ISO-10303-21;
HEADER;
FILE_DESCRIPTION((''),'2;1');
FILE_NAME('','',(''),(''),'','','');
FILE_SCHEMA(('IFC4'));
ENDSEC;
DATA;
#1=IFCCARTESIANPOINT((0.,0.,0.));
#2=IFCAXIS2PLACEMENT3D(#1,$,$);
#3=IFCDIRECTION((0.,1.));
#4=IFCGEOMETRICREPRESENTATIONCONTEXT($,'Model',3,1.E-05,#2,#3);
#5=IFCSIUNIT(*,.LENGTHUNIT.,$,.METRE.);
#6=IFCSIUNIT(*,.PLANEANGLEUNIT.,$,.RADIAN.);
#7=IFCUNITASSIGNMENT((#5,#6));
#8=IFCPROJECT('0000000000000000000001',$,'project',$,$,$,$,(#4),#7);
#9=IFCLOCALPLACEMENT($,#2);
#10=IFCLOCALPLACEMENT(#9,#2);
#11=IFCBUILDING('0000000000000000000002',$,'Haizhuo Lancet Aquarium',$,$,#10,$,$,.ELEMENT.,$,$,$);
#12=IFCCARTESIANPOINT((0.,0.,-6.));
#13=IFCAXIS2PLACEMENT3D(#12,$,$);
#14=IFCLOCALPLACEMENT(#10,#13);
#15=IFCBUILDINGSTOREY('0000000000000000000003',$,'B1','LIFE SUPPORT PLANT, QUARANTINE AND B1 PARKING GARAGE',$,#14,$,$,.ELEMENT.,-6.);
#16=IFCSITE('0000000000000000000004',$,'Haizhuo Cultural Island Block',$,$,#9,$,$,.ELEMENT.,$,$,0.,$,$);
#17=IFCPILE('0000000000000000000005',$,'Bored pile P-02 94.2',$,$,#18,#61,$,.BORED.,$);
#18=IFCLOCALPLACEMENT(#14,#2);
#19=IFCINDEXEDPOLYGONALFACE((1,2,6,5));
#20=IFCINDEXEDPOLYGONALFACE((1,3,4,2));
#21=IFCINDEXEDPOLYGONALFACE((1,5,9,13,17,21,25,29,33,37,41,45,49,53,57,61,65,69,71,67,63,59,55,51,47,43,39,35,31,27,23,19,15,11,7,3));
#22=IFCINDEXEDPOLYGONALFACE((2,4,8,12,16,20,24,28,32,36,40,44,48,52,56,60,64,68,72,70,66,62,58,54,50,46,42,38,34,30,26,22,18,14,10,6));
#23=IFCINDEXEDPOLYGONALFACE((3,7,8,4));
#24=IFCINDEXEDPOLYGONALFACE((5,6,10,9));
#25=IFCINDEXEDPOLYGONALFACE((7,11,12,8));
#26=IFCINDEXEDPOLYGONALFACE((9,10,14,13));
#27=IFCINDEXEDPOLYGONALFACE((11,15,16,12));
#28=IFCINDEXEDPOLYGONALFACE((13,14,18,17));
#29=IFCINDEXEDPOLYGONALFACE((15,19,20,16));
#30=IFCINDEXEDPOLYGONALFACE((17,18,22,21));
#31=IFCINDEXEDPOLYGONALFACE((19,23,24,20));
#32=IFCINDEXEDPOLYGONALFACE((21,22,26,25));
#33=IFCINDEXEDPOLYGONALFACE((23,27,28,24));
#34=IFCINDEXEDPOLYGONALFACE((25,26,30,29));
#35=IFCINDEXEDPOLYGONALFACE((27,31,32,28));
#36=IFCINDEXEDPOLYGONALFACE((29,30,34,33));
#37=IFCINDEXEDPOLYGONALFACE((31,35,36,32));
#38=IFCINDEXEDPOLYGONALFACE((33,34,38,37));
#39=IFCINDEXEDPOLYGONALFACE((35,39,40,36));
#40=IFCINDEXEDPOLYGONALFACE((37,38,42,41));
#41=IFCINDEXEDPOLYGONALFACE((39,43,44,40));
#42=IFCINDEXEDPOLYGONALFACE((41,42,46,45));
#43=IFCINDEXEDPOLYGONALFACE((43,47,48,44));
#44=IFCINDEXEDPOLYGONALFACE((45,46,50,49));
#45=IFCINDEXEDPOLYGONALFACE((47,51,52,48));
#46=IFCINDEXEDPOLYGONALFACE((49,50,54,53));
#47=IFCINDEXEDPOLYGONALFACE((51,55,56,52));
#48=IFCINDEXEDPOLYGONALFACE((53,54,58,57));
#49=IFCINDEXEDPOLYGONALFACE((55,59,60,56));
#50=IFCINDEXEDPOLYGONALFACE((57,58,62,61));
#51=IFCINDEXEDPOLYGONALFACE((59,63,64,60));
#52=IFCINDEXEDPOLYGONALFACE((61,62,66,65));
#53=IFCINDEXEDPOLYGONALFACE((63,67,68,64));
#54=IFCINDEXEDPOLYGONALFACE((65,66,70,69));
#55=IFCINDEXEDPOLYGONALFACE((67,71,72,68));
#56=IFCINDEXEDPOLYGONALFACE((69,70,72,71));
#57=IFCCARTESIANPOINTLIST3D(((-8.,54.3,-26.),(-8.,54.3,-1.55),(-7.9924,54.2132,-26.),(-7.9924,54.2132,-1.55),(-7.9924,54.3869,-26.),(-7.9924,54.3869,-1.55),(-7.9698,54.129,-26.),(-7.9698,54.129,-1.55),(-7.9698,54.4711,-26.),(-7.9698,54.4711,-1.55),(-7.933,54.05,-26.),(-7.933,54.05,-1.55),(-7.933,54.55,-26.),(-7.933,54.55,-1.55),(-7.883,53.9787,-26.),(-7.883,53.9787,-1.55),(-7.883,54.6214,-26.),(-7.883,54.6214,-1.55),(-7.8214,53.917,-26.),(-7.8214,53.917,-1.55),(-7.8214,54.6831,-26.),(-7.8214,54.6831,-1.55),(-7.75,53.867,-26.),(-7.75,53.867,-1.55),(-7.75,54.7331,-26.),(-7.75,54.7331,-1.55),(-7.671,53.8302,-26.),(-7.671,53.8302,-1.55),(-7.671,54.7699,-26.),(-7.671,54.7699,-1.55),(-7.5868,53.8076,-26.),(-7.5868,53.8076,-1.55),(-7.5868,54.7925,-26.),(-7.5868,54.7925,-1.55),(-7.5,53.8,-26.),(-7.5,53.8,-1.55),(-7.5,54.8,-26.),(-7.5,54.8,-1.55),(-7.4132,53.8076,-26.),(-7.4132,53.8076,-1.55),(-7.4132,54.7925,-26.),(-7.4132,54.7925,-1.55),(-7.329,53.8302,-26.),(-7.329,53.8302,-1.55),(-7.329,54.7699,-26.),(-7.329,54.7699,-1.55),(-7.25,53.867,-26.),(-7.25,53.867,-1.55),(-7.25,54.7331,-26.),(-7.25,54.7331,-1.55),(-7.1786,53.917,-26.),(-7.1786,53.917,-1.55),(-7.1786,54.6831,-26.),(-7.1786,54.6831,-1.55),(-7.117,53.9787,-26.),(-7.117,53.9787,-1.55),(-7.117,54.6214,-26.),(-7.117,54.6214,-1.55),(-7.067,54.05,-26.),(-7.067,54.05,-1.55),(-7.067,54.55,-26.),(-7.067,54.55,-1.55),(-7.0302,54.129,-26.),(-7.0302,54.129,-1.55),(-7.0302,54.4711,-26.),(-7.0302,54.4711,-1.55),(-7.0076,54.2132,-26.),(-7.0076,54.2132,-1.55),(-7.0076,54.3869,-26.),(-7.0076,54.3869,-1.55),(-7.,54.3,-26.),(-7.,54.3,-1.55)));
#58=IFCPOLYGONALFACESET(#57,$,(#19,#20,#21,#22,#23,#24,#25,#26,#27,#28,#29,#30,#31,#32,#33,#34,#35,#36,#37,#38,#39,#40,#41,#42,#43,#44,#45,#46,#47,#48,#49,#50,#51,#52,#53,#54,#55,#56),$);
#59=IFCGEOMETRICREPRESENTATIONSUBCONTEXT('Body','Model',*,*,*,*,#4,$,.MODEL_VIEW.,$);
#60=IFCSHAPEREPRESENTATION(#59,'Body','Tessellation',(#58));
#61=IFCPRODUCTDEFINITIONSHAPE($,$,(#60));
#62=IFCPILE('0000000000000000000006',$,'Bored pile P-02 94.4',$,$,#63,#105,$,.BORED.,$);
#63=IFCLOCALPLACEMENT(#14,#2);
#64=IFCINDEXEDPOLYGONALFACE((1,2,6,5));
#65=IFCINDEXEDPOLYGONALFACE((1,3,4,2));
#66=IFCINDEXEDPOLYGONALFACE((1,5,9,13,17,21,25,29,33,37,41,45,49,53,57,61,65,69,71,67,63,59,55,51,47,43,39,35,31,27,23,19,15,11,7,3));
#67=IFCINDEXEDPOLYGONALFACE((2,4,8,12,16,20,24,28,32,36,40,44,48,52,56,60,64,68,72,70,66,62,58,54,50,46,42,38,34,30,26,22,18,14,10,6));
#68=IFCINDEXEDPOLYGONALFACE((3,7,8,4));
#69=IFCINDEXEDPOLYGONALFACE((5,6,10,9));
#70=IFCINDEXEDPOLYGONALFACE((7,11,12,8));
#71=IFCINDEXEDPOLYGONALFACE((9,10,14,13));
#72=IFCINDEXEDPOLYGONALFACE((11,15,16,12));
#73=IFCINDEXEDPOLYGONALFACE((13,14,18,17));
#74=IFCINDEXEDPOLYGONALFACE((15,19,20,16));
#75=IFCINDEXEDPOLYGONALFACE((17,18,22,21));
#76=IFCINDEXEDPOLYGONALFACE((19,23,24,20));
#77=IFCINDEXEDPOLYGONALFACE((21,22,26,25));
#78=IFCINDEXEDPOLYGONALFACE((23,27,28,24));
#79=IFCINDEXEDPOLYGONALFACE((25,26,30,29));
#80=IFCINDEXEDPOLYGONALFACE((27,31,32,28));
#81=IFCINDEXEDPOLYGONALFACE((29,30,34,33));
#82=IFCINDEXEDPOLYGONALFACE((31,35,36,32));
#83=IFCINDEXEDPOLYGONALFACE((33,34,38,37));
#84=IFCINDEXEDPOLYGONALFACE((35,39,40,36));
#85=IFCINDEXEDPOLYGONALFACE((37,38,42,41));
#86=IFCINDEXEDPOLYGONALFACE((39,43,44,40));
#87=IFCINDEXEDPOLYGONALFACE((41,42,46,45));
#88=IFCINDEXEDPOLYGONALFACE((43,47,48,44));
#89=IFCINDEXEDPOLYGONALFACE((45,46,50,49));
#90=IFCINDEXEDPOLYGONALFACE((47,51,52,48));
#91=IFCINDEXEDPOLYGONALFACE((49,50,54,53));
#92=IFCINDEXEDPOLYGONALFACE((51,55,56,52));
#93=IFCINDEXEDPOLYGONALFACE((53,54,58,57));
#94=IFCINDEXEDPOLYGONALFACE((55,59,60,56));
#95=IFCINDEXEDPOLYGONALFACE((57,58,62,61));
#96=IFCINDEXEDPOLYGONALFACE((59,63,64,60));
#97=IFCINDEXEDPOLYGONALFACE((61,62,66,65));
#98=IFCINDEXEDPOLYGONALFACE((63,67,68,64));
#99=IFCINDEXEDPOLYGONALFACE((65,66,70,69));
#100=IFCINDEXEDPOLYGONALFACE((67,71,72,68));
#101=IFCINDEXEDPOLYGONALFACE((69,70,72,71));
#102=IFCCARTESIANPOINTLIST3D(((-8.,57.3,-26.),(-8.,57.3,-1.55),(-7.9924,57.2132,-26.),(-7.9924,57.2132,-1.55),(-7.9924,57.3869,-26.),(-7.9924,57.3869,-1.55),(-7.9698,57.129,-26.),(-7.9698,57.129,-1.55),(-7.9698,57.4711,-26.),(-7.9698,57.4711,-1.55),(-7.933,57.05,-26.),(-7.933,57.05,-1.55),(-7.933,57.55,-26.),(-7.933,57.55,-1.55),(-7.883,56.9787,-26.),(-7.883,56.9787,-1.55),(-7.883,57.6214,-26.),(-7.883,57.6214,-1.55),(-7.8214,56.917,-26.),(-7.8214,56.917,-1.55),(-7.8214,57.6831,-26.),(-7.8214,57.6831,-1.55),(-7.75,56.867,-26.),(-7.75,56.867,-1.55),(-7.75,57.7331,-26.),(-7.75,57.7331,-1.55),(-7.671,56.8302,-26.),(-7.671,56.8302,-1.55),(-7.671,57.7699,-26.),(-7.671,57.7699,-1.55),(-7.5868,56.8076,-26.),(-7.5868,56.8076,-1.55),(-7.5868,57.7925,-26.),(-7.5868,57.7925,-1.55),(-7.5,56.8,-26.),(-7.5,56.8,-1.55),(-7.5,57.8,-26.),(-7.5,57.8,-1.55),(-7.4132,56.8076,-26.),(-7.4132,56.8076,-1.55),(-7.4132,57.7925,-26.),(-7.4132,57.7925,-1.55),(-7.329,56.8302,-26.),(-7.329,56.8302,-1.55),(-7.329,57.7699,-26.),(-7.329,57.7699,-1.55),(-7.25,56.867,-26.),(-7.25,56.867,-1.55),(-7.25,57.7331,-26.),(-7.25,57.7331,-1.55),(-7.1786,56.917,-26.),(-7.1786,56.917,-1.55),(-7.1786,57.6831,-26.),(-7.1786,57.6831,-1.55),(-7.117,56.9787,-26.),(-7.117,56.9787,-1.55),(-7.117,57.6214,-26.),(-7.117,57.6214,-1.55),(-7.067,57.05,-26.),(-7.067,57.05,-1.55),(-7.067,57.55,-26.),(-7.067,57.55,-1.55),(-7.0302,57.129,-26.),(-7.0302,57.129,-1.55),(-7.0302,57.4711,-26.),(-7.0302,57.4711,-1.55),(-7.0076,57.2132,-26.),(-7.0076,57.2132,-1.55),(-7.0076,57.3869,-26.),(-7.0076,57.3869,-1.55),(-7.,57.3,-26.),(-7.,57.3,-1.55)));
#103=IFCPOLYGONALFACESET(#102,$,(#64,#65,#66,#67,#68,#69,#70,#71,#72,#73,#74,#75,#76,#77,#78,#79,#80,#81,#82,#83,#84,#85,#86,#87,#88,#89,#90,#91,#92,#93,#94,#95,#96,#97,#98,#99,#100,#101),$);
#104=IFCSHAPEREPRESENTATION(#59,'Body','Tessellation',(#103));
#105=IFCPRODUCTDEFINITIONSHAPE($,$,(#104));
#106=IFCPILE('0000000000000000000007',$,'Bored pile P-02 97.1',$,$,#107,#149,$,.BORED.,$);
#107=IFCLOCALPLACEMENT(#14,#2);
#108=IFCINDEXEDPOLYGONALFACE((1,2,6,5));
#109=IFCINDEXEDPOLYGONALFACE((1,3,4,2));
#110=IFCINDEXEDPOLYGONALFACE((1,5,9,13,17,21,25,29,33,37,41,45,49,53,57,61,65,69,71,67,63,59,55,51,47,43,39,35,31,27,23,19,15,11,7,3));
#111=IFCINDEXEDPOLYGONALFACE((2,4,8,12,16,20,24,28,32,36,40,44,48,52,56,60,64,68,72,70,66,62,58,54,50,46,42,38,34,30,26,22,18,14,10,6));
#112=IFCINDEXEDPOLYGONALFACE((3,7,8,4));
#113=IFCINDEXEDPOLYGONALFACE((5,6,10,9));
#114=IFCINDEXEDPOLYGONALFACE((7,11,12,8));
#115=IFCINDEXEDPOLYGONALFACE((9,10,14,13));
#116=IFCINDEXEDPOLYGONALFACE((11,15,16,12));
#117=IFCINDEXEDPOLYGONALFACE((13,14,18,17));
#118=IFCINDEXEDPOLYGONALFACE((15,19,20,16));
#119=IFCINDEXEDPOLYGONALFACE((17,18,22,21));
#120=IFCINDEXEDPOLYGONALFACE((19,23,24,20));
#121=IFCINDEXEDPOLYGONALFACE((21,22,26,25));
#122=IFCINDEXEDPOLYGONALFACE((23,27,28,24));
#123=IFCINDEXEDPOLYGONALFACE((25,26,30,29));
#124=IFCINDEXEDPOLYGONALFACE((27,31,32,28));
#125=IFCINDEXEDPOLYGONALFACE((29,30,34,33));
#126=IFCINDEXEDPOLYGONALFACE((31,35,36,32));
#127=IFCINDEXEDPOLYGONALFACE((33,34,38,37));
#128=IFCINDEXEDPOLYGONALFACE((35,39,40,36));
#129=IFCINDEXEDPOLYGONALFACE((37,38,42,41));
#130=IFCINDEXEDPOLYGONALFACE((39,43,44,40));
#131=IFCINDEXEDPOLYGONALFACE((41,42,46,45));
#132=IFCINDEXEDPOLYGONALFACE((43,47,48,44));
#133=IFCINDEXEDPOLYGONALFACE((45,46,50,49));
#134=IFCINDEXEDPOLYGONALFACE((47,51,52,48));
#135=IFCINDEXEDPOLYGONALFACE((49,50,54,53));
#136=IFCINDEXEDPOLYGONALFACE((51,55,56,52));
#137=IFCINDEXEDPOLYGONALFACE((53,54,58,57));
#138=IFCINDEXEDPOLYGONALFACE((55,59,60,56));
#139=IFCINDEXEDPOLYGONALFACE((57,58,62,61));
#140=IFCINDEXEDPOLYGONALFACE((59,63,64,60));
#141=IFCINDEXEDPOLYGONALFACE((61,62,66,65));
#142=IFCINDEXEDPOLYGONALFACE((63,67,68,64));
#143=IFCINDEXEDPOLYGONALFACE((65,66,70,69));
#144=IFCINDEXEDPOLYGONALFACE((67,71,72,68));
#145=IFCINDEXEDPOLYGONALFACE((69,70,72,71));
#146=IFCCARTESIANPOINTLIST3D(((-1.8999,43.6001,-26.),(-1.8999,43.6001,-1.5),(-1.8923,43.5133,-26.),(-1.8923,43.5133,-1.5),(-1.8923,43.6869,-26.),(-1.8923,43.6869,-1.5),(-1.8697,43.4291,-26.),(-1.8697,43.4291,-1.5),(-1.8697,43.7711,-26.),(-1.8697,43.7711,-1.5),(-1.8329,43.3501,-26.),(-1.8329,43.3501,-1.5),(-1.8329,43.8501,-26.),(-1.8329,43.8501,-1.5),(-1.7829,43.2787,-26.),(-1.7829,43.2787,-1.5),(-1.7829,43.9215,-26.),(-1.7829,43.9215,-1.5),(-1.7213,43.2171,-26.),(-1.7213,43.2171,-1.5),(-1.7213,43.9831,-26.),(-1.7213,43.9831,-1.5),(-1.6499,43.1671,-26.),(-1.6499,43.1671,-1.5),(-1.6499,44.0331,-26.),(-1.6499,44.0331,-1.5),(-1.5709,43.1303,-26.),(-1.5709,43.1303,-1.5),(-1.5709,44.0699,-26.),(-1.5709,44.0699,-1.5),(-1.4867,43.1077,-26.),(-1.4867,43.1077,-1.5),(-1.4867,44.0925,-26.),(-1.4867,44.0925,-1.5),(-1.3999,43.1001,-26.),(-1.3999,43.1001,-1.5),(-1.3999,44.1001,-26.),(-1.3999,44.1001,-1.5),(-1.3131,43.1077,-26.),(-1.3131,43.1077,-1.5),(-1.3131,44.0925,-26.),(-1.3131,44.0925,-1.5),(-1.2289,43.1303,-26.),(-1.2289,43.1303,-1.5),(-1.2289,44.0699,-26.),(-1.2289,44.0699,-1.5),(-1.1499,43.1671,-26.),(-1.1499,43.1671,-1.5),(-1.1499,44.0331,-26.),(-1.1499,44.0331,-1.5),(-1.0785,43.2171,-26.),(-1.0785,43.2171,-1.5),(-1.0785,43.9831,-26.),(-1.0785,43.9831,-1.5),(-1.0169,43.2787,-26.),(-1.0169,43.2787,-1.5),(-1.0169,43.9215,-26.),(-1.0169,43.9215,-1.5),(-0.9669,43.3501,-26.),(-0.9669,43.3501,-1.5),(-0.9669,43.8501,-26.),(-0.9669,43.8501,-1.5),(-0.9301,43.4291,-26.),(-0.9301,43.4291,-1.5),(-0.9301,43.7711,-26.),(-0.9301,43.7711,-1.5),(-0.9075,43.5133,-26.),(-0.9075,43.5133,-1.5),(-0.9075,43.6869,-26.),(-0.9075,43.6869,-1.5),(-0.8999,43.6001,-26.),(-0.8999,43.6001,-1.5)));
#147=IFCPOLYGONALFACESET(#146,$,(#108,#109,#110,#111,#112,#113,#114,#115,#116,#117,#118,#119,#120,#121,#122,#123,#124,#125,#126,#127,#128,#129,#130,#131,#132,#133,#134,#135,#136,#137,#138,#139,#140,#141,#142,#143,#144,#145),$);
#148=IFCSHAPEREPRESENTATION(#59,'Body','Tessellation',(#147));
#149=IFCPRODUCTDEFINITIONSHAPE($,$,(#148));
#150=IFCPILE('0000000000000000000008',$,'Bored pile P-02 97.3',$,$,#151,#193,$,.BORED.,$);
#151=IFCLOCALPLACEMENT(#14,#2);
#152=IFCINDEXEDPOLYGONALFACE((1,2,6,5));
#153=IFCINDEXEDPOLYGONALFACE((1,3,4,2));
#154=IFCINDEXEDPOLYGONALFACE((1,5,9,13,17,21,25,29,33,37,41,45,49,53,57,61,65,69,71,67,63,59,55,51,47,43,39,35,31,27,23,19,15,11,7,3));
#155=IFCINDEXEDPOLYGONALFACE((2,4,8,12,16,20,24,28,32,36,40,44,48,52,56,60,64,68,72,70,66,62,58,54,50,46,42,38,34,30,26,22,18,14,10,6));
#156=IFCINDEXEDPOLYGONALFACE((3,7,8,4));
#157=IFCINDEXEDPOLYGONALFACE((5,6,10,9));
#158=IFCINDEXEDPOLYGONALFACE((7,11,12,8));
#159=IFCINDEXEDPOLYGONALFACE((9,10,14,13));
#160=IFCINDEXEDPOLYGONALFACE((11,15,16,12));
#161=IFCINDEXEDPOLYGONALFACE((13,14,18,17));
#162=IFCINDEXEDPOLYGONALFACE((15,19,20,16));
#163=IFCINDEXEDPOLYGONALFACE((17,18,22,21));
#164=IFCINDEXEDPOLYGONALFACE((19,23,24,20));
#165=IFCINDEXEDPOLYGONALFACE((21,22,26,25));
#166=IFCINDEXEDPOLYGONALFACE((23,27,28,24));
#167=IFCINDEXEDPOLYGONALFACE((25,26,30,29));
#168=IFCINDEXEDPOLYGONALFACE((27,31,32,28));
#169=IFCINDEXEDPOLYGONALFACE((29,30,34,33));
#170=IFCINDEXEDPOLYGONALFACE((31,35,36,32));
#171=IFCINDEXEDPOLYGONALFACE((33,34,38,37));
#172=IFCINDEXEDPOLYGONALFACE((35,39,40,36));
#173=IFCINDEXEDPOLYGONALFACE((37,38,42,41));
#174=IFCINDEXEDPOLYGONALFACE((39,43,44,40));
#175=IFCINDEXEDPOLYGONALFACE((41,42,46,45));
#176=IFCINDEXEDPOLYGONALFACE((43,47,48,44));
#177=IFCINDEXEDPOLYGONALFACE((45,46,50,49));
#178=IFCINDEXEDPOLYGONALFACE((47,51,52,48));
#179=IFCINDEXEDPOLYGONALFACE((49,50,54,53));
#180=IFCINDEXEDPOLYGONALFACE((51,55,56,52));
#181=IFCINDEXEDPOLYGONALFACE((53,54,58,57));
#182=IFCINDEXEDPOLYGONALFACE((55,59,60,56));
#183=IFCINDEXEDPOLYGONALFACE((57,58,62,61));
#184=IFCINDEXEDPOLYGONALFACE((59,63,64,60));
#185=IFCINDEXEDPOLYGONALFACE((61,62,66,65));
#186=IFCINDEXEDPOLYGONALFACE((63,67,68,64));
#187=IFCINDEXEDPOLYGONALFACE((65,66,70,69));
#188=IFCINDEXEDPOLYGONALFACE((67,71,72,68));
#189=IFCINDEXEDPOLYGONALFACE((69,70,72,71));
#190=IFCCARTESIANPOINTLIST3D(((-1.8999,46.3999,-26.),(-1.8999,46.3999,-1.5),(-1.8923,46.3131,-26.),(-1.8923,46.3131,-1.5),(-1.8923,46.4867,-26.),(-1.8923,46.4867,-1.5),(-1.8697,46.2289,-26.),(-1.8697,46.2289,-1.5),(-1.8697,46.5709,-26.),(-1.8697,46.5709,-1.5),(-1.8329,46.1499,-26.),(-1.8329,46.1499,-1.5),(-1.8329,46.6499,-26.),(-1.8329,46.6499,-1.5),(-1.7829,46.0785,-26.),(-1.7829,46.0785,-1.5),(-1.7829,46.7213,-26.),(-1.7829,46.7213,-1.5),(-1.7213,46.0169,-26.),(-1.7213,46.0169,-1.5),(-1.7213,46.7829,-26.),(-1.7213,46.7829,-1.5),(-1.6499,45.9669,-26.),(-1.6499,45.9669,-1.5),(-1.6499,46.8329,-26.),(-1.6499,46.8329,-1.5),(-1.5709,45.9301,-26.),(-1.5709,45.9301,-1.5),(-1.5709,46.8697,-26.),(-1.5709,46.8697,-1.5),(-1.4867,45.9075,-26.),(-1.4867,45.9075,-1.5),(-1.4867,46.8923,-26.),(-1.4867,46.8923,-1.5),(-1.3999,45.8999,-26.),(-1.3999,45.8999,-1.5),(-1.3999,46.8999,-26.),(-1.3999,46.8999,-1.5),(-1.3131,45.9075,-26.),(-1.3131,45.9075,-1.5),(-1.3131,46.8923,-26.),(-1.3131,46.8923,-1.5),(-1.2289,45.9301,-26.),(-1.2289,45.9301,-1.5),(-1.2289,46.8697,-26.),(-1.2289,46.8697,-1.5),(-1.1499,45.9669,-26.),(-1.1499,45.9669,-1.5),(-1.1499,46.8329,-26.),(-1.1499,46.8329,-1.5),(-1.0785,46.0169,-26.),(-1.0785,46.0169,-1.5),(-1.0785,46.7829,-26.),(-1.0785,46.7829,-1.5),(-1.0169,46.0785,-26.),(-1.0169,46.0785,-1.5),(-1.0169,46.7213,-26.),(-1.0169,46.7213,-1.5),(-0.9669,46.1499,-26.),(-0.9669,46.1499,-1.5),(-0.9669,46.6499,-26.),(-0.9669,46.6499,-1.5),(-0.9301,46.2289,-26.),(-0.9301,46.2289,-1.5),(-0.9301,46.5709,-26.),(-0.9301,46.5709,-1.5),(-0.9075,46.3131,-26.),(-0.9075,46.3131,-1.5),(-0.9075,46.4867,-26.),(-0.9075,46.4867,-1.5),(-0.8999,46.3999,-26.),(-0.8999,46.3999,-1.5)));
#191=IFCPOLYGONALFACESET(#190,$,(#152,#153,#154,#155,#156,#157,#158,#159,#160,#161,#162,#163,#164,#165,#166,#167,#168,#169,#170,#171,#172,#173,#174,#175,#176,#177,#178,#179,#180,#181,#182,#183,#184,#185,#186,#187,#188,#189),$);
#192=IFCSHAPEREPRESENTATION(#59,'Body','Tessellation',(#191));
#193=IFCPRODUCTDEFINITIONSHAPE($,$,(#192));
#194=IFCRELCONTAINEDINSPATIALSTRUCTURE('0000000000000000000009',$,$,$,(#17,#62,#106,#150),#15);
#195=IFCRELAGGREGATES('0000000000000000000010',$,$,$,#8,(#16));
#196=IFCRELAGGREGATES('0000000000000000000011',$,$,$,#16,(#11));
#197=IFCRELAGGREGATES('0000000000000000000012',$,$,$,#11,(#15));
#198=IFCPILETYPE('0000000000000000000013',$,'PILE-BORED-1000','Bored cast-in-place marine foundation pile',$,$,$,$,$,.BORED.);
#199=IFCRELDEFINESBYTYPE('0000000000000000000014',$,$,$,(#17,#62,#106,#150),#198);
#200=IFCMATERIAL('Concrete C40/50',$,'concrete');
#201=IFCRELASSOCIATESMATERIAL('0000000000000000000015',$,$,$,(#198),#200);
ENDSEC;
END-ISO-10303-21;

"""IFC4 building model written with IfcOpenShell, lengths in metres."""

from ifc_helpers import new_model, si_unit, direction, frame, origin, origin_2d, place, context, subcontext, project, spatial, circle, extrude, material, material_profile, profile_set, type_object, element, save


model = new_model("IFC4")

# Units and contexts
model_context = context("Model", 3, precision=1e-05, world=origin(), true_north=direction((0.0, 1.0)))
body_context = subcontext(model_context, "Body", "Model", "MODEL_VIEW")
ifc_project = project(units=[si_unit("LENGTHUNIT", "METRE"), si_unit("PLANEANGLEUNIT", "RADIAN")], contexts=[model_context])

# Site, building, storey
site_placement = place(None, origin())
site = spatial("IfcSite", under=ifc_project, at=site_placement, Name="Haizhuo Cultural Island Block", CompositionType="ELEMENT", RefElevation=0.0)
building_placement = place(site_placement, origin())
building = spatial("IfcBuilding", under=site, at=building_placement, Name="Haizhuo Lancet Aquarium", CompositionType="ELEMENT")
storey_placement = place(building_placement, frame((0.0, 0.0, -6.0)))
storey = spatial("IfcBuildingStorey", under=building, at=storey_placement, Name="B1", Description="LIFE SUPPORT PLANT, QUARANTINE AND B1 PARKING GARAGE", CompositionType="ELEMENT", Elevation=-6.0)

# Shared definitions
ifc_material_1 = material(Name="Concrete C40/50", Category="concrete")

# Piles
ifc_material_profile_1 = material_profile(ifc_material_1, circle(Radius=0.5, at=origin_2d()), Name="PILE-1000")
ifc_profile_set_1 = profile_set([ifc_material_profile_1], Name="Concrete C40/50")
pile_type = type_object("IfcPileType", Name="PILE-BORED-1000", Description="Bored cast-in-place marine foundation pile", PredefinedType="BORED", material=ifc_profile_set_1)
for number, where, z_axis, x_axis, name in (
    (1, (-7.5, 54.3, -1.55), (0.0, 0.0, -1.0), (1.0, 0.0, 0.0), "Bored pile P-02 94.2"),
    (2, (-7.5, 57.3, -1.55), (0.0, 0.0, -1.0), (1.0, 0.0, 0.0), "Bored pile P-02 94.4"),
):
    element("IfcPile", number, at=place(storey_placement, frame(where, z_axis=z_axis, x_axis=x_axis)), inside=storey, type_object=pile_type, Name=name, PredefinedType="BORED", context=body_context, shape_type="SweptSolid", body=[
        extrude(circle(Radius=0.5, at=origin_2d()), origin(), (0.0, 0.0, 1.0), 24.45),
    ])
for number, where, z_axis, x_axis, name in (
    (3, (-1.3999, 43.6001, -1.5), (0.0, 0.0, -1.0), (1.0, 0.0, 0.0), "Bored pile P-02 97.1"),
    (4, (-1.3999, 46.3999, -1.5), (0.0, 0.0, -1.0), (1.0, 0.0, 0.0), "Bored pile P-02 97.3"),
):
    element("IfcPile", number, at=place(storey_placement, frame(where, z_axis=z_axis, x_axis=x_axis)), inside=storey, type_object=pile_type, Name=name, PredefinedType="BORED", context=body_context, shape_type="SweptSolid", body=[
        extrude(circle(Radius=0.5, at=origin_2d()), origin(), (0.0, 0.0, 1.0), 24.5),
    ])

save(model, "model.ifc")
